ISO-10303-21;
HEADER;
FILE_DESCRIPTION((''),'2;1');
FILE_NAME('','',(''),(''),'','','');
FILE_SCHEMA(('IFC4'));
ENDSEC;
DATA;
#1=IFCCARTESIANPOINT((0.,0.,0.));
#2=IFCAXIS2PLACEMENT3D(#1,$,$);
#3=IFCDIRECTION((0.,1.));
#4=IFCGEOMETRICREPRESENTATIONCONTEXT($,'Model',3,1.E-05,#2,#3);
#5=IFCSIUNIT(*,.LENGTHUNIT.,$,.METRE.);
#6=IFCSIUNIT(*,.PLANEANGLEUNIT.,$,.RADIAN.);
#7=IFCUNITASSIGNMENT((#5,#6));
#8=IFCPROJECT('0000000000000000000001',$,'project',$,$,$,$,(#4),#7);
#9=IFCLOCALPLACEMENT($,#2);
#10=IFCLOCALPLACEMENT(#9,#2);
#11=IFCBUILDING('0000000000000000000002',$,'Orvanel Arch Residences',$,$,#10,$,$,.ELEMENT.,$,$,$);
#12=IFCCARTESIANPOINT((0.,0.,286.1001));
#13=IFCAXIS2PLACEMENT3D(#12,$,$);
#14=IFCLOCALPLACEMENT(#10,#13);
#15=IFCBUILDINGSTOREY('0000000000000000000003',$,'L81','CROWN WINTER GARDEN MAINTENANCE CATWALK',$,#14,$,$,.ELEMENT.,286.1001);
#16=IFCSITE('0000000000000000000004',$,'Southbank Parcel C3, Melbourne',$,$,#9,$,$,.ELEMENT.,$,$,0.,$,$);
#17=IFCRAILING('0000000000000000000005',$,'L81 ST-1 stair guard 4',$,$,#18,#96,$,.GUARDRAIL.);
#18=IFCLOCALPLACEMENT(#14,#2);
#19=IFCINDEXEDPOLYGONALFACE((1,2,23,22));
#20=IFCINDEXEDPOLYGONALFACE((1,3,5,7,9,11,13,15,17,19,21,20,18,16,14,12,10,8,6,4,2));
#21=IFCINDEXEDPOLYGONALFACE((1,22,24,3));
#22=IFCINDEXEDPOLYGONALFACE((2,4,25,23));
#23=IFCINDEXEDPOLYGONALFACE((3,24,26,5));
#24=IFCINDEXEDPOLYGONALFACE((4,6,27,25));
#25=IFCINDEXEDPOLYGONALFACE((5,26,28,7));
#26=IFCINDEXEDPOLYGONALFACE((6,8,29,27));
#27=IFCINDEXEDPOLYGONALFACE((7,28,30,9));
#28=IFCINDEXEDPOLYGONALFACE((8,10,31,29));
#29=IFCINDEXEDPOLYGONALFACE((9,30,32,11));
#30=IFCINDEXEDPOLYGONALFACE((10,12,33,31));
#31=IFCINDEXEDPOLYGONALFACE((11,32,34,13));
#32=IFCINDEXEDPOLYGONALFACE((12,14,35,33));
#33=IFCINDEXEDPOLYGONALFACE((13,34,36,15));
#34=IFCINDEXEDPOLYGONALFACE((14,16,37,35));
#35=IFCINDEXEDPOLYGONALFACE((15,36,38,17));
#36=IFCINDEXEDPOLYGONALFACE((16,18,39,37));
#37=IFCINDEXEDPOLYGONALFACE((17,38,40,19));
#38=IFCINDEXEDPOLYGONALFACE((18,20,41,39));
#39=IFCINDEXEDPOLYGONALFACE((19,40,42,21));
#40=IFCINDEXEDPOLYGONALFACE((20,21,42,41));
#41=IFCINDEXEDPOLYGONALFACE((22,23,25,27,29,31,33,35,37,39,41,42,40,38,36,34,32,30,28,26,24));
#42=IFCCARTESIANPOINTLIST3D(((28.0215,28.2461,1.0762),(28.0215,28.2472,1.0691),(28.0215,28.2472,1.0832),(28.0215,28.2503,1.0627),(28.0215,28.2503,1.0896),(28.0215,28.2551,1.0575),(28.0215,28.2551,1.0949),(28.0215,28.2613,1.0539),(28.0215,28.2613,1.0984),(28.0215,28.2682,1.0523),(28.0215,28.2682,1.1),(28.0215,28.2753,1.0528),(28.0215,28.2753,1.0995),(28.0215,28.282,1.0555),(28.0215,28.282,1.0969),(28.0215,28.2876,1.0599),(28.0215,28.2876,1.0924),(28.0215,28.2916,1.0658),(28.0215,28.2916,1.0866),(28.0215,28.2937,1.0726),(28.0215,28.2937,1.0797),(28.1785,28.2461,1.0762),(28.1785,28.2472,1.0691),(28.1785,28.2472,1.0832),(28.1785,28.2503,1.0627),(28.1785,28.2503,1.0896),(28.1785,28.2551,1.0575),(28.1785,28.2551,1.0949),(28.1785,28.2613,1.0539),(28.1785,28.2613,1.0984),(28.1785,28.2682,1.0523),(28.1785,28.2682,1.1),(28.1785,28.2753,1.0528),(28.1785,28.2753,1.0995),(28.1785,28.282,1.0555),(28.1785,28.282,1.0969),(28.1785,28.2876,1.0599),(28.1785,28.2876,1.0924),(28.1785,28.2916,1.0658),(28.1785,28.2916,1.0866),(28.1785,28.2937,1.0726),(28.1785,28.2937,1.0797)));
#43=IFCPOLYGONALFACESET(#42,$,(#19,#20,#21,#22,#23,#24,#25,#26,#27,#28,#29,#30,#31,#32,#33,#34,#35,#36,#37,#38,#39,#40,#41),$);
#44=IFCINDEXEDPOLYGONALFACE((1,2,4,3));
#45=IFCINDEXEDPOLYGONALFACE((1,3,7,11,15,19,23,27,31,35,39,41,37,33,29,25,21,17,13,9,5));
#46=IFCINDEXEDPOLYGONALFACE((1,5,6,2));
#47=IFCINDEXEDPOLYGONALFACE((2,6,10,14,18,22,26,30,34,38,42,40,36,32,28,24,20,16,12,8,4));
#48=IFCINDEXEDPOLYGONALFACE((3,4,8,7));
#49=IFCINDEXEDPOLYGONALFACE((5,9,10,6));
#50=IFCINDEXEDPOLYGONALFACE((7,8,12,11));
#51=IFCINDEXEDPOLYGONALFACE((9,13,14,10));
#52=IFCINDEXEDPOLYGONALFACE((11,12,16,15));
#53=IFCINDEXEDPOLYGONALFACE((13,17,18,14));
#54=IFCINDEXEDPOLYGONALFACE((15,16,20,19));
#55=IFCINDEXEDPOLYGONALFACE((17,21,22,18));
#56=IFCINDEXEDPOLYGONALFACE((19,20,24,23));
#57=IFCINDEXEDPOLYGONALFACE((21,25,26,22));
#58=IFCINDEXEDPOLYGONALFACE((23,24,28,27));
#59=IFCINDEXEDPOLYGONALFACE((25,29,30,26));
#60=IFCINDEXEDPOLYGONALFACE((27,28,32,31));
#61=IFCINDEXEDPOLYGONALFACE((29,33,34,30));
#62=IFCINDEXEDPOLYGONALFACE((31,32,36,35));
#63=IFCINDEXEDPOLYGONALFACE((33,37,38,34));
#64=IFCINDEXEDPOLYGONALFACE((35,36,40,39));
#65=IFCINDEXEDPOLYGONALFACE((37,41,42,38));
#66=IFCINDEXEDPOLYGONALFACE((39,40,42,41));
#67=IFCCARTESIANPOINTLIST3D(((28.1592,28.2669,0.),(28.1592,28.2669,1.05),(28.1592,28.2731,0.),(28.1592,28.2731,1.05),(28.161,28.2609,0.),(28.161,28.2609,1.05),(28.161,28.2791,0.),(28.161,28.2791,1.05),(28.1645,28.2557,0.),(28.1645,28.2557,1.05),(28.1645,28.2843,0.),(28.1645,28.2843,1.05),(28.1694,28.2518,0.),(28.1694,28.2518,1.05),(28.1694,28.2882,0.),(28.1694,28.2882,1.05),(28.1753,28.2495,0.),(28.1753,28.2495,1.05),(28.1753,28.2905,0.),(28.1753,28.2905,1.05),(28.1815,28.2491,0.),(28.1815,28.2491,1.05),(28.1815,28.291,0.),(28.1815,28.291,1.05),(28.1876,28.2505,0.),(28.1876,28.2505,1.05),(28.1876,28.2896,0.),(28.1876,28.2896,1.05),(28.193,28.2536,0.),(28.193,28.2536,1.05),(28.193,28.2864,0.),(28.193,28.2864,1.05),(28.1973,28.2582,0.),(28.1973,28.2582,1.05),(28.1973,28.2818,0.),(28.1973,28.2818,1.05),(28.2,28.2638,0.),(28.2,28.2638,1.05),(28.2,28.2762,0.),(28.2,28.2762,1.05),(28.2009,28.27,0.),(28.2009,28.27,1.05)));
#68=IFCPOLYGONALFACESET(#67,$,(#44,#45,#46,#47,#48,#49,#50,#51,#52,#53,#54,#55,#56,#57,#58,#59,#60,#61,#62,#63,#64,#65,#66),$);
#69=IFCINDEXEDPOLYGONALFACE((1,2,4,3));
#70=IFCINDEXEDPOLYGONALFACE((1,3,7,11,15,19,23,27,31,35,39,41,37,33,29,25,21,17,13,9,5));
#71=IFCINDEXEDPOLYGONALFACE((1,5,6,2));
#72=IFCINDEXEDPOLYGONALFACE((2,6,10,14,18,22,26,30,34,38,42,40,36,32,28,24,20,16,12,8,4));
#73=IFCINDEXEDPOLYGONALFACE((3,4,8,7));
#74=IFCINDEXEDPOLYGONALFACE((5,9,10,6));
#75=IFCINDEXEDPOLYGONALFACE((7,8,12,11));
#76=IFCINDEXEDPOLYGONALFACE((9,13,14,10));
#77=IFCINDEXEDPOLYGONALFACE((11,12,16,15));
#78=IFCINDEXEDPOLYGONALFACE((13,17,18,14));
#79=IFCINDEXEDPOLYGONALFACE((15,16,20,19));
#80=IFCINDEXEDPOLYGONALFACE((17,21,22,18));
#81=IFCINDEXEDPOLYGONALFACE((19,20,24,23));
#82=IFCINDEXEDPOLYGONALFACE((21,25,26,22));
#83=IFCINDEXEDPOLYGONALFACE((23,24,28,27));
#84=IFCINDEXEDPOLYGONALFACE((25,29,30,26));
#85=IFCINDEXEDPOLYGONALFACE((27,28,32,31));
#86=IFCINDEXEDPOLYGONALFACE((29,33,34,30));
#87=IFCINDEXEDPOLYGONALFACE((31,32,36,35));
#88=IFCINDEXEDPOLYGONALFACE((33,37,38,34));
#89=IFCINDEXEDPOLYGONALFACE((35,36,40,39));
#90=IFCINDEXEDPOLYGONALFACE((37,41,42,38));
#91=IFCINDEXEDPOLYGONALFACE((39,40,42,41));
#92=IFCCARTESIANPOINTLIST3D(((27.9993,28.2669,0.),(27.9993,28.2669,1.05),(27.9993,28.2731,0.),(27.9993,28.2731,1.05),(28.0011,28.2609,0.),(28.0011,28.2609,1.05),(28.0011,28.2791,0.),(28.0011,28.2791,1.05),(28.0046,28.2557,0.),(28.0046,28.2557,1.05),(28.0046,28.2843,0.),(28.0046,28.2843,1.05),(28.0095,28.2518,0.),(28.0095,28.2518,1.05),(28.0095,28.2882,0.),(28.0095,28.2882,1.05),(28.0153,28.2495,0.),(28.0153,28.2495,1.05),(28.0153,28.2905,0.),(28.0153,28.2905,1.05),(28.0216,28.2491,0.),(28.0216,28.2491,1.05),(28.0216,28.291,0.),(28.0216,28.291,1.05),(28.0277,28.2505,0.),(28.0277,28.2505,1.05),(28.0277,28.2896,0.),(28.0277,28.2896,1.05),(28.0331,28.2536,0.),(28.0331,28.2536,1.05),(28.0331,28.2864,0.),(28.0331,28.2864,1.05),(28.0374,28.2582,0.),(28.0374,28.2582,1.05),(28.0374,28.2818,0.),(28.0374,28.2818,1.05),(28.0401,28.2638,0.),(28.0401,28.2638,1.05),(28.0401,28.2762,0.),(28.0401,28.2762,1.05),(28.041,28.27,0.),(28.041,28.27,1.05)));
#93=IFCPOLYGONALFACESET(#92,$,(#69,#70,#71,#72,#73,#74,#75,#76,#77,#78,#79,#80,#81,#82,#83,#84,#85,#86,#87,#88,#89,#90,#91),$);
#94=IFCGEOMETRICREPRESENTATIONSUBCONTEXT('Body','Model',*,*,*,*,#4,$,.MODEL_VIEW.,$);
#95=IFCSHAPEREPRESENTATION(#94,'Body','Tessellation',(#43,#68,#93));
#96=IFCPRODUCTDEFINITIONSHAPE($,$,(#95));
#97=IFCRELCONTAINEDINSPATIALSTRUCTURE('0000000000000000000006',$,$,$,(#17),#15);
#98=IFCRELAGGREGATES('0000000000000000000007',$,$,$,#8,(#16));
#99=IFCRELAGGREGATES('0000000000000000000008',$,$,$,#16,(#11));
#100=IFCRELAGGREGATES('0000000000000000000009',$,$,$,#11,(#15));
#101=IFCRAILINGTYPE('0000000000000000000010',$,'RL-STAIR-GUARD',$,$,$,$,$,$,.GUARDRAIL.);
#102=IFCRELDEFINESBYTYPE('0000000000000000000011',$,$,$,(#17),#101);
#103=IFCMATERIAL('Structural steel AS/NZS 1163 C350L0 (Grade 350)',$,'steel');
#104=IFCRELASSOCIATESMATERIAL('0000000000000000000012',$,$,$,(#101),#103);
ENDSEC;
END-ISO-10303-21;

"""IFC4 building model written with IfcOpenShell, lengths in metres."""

from ifc_helpers import new_model, si_unit, direction, frame, origin, origin_2d, place, context, subcontext, project, spatial, circle, extrude, material, type_object, element, save


model = new_model("IFC4")

# Units and contexts
model_context = context("Model", 3, precision=1e-05, world=origin(), true_north=direction((0.0, 1.0)))
body_context = subcontext(model_context, "Body", "Model", "MODEL_VIEW")
ifc_project = project(units=[si_unit("LENGTHUNIT", "METRE"), si_unit("PLANEANGLEUNIT", "RADIAN")], contexts=[model_context])

# Site, building, storey
site_placement = place(None, origin())
site = spatial("IfcSite", under=ifc_project, at=site_placement, Name="Southbank Parcel C3, Melbourne", CompositionType="ELEMENT", RefElevation=0.0)
building_placement = place(site_placement, origin())
building = spatial("IfcBuilding", under=site, at=building_placement, Name="Orvanel Arch Residences", CompositionType="ELEMENT")
storey_placement = place(building_placement, frame((0.0, 0.0, 286.1001)))
storey = spatial("IfcBuildingStorey", under=building, at=storey_placement, Name="L81", Description="CROWN WINTER GARDEN MAINTENANCE CATWALK", CompositionType="ELEMENT", Elevation=286.1001)

# Shared definitions
ifc_material_1 = material(Name="Structural steel AS/NZS 1163 C350L0 (Grade 350)", Category="steel")

# Railing
railing_type_1 = type_object("IfcRailingType", Name="RL-STAIR-GUARD", PredefinedType="GUARDRAIL", material=ifc_material_1)
railing_1_placement = place(storey_placement, frame((28.1799, 28.27, 0.0)))
element("IfcRailing", 1, at=railing_1_placement, inside=storey, type_object=railing_type_1, Name="L81 ST-1 stair guard 4", PredefinedType="GUARDRAIL", context=body_context, shape_type="SweptSolid", body=[
    extrude(circle(Radius=0.0239, at=origin_2d()), frame((-0.0015, 0.0, 1.0762), z_axis=(-1.0, 0.0, 0.0), x_axis=(0.0, -1.0, 0.0)), (0.0, 0.0, 1.0), 0.157),
    extrude(circle(Radius=0.021, at=origin_2d()), origin(), (0.0, 0.0, 1.0), 1.05),
    extrude(circle(Radius=0.021, at=origin_2d()), frame((-0.1599, 0.0, 0.0)), (0.0, 0.0, 1.0), 1.05),
])

save(model, "model.ifc")
